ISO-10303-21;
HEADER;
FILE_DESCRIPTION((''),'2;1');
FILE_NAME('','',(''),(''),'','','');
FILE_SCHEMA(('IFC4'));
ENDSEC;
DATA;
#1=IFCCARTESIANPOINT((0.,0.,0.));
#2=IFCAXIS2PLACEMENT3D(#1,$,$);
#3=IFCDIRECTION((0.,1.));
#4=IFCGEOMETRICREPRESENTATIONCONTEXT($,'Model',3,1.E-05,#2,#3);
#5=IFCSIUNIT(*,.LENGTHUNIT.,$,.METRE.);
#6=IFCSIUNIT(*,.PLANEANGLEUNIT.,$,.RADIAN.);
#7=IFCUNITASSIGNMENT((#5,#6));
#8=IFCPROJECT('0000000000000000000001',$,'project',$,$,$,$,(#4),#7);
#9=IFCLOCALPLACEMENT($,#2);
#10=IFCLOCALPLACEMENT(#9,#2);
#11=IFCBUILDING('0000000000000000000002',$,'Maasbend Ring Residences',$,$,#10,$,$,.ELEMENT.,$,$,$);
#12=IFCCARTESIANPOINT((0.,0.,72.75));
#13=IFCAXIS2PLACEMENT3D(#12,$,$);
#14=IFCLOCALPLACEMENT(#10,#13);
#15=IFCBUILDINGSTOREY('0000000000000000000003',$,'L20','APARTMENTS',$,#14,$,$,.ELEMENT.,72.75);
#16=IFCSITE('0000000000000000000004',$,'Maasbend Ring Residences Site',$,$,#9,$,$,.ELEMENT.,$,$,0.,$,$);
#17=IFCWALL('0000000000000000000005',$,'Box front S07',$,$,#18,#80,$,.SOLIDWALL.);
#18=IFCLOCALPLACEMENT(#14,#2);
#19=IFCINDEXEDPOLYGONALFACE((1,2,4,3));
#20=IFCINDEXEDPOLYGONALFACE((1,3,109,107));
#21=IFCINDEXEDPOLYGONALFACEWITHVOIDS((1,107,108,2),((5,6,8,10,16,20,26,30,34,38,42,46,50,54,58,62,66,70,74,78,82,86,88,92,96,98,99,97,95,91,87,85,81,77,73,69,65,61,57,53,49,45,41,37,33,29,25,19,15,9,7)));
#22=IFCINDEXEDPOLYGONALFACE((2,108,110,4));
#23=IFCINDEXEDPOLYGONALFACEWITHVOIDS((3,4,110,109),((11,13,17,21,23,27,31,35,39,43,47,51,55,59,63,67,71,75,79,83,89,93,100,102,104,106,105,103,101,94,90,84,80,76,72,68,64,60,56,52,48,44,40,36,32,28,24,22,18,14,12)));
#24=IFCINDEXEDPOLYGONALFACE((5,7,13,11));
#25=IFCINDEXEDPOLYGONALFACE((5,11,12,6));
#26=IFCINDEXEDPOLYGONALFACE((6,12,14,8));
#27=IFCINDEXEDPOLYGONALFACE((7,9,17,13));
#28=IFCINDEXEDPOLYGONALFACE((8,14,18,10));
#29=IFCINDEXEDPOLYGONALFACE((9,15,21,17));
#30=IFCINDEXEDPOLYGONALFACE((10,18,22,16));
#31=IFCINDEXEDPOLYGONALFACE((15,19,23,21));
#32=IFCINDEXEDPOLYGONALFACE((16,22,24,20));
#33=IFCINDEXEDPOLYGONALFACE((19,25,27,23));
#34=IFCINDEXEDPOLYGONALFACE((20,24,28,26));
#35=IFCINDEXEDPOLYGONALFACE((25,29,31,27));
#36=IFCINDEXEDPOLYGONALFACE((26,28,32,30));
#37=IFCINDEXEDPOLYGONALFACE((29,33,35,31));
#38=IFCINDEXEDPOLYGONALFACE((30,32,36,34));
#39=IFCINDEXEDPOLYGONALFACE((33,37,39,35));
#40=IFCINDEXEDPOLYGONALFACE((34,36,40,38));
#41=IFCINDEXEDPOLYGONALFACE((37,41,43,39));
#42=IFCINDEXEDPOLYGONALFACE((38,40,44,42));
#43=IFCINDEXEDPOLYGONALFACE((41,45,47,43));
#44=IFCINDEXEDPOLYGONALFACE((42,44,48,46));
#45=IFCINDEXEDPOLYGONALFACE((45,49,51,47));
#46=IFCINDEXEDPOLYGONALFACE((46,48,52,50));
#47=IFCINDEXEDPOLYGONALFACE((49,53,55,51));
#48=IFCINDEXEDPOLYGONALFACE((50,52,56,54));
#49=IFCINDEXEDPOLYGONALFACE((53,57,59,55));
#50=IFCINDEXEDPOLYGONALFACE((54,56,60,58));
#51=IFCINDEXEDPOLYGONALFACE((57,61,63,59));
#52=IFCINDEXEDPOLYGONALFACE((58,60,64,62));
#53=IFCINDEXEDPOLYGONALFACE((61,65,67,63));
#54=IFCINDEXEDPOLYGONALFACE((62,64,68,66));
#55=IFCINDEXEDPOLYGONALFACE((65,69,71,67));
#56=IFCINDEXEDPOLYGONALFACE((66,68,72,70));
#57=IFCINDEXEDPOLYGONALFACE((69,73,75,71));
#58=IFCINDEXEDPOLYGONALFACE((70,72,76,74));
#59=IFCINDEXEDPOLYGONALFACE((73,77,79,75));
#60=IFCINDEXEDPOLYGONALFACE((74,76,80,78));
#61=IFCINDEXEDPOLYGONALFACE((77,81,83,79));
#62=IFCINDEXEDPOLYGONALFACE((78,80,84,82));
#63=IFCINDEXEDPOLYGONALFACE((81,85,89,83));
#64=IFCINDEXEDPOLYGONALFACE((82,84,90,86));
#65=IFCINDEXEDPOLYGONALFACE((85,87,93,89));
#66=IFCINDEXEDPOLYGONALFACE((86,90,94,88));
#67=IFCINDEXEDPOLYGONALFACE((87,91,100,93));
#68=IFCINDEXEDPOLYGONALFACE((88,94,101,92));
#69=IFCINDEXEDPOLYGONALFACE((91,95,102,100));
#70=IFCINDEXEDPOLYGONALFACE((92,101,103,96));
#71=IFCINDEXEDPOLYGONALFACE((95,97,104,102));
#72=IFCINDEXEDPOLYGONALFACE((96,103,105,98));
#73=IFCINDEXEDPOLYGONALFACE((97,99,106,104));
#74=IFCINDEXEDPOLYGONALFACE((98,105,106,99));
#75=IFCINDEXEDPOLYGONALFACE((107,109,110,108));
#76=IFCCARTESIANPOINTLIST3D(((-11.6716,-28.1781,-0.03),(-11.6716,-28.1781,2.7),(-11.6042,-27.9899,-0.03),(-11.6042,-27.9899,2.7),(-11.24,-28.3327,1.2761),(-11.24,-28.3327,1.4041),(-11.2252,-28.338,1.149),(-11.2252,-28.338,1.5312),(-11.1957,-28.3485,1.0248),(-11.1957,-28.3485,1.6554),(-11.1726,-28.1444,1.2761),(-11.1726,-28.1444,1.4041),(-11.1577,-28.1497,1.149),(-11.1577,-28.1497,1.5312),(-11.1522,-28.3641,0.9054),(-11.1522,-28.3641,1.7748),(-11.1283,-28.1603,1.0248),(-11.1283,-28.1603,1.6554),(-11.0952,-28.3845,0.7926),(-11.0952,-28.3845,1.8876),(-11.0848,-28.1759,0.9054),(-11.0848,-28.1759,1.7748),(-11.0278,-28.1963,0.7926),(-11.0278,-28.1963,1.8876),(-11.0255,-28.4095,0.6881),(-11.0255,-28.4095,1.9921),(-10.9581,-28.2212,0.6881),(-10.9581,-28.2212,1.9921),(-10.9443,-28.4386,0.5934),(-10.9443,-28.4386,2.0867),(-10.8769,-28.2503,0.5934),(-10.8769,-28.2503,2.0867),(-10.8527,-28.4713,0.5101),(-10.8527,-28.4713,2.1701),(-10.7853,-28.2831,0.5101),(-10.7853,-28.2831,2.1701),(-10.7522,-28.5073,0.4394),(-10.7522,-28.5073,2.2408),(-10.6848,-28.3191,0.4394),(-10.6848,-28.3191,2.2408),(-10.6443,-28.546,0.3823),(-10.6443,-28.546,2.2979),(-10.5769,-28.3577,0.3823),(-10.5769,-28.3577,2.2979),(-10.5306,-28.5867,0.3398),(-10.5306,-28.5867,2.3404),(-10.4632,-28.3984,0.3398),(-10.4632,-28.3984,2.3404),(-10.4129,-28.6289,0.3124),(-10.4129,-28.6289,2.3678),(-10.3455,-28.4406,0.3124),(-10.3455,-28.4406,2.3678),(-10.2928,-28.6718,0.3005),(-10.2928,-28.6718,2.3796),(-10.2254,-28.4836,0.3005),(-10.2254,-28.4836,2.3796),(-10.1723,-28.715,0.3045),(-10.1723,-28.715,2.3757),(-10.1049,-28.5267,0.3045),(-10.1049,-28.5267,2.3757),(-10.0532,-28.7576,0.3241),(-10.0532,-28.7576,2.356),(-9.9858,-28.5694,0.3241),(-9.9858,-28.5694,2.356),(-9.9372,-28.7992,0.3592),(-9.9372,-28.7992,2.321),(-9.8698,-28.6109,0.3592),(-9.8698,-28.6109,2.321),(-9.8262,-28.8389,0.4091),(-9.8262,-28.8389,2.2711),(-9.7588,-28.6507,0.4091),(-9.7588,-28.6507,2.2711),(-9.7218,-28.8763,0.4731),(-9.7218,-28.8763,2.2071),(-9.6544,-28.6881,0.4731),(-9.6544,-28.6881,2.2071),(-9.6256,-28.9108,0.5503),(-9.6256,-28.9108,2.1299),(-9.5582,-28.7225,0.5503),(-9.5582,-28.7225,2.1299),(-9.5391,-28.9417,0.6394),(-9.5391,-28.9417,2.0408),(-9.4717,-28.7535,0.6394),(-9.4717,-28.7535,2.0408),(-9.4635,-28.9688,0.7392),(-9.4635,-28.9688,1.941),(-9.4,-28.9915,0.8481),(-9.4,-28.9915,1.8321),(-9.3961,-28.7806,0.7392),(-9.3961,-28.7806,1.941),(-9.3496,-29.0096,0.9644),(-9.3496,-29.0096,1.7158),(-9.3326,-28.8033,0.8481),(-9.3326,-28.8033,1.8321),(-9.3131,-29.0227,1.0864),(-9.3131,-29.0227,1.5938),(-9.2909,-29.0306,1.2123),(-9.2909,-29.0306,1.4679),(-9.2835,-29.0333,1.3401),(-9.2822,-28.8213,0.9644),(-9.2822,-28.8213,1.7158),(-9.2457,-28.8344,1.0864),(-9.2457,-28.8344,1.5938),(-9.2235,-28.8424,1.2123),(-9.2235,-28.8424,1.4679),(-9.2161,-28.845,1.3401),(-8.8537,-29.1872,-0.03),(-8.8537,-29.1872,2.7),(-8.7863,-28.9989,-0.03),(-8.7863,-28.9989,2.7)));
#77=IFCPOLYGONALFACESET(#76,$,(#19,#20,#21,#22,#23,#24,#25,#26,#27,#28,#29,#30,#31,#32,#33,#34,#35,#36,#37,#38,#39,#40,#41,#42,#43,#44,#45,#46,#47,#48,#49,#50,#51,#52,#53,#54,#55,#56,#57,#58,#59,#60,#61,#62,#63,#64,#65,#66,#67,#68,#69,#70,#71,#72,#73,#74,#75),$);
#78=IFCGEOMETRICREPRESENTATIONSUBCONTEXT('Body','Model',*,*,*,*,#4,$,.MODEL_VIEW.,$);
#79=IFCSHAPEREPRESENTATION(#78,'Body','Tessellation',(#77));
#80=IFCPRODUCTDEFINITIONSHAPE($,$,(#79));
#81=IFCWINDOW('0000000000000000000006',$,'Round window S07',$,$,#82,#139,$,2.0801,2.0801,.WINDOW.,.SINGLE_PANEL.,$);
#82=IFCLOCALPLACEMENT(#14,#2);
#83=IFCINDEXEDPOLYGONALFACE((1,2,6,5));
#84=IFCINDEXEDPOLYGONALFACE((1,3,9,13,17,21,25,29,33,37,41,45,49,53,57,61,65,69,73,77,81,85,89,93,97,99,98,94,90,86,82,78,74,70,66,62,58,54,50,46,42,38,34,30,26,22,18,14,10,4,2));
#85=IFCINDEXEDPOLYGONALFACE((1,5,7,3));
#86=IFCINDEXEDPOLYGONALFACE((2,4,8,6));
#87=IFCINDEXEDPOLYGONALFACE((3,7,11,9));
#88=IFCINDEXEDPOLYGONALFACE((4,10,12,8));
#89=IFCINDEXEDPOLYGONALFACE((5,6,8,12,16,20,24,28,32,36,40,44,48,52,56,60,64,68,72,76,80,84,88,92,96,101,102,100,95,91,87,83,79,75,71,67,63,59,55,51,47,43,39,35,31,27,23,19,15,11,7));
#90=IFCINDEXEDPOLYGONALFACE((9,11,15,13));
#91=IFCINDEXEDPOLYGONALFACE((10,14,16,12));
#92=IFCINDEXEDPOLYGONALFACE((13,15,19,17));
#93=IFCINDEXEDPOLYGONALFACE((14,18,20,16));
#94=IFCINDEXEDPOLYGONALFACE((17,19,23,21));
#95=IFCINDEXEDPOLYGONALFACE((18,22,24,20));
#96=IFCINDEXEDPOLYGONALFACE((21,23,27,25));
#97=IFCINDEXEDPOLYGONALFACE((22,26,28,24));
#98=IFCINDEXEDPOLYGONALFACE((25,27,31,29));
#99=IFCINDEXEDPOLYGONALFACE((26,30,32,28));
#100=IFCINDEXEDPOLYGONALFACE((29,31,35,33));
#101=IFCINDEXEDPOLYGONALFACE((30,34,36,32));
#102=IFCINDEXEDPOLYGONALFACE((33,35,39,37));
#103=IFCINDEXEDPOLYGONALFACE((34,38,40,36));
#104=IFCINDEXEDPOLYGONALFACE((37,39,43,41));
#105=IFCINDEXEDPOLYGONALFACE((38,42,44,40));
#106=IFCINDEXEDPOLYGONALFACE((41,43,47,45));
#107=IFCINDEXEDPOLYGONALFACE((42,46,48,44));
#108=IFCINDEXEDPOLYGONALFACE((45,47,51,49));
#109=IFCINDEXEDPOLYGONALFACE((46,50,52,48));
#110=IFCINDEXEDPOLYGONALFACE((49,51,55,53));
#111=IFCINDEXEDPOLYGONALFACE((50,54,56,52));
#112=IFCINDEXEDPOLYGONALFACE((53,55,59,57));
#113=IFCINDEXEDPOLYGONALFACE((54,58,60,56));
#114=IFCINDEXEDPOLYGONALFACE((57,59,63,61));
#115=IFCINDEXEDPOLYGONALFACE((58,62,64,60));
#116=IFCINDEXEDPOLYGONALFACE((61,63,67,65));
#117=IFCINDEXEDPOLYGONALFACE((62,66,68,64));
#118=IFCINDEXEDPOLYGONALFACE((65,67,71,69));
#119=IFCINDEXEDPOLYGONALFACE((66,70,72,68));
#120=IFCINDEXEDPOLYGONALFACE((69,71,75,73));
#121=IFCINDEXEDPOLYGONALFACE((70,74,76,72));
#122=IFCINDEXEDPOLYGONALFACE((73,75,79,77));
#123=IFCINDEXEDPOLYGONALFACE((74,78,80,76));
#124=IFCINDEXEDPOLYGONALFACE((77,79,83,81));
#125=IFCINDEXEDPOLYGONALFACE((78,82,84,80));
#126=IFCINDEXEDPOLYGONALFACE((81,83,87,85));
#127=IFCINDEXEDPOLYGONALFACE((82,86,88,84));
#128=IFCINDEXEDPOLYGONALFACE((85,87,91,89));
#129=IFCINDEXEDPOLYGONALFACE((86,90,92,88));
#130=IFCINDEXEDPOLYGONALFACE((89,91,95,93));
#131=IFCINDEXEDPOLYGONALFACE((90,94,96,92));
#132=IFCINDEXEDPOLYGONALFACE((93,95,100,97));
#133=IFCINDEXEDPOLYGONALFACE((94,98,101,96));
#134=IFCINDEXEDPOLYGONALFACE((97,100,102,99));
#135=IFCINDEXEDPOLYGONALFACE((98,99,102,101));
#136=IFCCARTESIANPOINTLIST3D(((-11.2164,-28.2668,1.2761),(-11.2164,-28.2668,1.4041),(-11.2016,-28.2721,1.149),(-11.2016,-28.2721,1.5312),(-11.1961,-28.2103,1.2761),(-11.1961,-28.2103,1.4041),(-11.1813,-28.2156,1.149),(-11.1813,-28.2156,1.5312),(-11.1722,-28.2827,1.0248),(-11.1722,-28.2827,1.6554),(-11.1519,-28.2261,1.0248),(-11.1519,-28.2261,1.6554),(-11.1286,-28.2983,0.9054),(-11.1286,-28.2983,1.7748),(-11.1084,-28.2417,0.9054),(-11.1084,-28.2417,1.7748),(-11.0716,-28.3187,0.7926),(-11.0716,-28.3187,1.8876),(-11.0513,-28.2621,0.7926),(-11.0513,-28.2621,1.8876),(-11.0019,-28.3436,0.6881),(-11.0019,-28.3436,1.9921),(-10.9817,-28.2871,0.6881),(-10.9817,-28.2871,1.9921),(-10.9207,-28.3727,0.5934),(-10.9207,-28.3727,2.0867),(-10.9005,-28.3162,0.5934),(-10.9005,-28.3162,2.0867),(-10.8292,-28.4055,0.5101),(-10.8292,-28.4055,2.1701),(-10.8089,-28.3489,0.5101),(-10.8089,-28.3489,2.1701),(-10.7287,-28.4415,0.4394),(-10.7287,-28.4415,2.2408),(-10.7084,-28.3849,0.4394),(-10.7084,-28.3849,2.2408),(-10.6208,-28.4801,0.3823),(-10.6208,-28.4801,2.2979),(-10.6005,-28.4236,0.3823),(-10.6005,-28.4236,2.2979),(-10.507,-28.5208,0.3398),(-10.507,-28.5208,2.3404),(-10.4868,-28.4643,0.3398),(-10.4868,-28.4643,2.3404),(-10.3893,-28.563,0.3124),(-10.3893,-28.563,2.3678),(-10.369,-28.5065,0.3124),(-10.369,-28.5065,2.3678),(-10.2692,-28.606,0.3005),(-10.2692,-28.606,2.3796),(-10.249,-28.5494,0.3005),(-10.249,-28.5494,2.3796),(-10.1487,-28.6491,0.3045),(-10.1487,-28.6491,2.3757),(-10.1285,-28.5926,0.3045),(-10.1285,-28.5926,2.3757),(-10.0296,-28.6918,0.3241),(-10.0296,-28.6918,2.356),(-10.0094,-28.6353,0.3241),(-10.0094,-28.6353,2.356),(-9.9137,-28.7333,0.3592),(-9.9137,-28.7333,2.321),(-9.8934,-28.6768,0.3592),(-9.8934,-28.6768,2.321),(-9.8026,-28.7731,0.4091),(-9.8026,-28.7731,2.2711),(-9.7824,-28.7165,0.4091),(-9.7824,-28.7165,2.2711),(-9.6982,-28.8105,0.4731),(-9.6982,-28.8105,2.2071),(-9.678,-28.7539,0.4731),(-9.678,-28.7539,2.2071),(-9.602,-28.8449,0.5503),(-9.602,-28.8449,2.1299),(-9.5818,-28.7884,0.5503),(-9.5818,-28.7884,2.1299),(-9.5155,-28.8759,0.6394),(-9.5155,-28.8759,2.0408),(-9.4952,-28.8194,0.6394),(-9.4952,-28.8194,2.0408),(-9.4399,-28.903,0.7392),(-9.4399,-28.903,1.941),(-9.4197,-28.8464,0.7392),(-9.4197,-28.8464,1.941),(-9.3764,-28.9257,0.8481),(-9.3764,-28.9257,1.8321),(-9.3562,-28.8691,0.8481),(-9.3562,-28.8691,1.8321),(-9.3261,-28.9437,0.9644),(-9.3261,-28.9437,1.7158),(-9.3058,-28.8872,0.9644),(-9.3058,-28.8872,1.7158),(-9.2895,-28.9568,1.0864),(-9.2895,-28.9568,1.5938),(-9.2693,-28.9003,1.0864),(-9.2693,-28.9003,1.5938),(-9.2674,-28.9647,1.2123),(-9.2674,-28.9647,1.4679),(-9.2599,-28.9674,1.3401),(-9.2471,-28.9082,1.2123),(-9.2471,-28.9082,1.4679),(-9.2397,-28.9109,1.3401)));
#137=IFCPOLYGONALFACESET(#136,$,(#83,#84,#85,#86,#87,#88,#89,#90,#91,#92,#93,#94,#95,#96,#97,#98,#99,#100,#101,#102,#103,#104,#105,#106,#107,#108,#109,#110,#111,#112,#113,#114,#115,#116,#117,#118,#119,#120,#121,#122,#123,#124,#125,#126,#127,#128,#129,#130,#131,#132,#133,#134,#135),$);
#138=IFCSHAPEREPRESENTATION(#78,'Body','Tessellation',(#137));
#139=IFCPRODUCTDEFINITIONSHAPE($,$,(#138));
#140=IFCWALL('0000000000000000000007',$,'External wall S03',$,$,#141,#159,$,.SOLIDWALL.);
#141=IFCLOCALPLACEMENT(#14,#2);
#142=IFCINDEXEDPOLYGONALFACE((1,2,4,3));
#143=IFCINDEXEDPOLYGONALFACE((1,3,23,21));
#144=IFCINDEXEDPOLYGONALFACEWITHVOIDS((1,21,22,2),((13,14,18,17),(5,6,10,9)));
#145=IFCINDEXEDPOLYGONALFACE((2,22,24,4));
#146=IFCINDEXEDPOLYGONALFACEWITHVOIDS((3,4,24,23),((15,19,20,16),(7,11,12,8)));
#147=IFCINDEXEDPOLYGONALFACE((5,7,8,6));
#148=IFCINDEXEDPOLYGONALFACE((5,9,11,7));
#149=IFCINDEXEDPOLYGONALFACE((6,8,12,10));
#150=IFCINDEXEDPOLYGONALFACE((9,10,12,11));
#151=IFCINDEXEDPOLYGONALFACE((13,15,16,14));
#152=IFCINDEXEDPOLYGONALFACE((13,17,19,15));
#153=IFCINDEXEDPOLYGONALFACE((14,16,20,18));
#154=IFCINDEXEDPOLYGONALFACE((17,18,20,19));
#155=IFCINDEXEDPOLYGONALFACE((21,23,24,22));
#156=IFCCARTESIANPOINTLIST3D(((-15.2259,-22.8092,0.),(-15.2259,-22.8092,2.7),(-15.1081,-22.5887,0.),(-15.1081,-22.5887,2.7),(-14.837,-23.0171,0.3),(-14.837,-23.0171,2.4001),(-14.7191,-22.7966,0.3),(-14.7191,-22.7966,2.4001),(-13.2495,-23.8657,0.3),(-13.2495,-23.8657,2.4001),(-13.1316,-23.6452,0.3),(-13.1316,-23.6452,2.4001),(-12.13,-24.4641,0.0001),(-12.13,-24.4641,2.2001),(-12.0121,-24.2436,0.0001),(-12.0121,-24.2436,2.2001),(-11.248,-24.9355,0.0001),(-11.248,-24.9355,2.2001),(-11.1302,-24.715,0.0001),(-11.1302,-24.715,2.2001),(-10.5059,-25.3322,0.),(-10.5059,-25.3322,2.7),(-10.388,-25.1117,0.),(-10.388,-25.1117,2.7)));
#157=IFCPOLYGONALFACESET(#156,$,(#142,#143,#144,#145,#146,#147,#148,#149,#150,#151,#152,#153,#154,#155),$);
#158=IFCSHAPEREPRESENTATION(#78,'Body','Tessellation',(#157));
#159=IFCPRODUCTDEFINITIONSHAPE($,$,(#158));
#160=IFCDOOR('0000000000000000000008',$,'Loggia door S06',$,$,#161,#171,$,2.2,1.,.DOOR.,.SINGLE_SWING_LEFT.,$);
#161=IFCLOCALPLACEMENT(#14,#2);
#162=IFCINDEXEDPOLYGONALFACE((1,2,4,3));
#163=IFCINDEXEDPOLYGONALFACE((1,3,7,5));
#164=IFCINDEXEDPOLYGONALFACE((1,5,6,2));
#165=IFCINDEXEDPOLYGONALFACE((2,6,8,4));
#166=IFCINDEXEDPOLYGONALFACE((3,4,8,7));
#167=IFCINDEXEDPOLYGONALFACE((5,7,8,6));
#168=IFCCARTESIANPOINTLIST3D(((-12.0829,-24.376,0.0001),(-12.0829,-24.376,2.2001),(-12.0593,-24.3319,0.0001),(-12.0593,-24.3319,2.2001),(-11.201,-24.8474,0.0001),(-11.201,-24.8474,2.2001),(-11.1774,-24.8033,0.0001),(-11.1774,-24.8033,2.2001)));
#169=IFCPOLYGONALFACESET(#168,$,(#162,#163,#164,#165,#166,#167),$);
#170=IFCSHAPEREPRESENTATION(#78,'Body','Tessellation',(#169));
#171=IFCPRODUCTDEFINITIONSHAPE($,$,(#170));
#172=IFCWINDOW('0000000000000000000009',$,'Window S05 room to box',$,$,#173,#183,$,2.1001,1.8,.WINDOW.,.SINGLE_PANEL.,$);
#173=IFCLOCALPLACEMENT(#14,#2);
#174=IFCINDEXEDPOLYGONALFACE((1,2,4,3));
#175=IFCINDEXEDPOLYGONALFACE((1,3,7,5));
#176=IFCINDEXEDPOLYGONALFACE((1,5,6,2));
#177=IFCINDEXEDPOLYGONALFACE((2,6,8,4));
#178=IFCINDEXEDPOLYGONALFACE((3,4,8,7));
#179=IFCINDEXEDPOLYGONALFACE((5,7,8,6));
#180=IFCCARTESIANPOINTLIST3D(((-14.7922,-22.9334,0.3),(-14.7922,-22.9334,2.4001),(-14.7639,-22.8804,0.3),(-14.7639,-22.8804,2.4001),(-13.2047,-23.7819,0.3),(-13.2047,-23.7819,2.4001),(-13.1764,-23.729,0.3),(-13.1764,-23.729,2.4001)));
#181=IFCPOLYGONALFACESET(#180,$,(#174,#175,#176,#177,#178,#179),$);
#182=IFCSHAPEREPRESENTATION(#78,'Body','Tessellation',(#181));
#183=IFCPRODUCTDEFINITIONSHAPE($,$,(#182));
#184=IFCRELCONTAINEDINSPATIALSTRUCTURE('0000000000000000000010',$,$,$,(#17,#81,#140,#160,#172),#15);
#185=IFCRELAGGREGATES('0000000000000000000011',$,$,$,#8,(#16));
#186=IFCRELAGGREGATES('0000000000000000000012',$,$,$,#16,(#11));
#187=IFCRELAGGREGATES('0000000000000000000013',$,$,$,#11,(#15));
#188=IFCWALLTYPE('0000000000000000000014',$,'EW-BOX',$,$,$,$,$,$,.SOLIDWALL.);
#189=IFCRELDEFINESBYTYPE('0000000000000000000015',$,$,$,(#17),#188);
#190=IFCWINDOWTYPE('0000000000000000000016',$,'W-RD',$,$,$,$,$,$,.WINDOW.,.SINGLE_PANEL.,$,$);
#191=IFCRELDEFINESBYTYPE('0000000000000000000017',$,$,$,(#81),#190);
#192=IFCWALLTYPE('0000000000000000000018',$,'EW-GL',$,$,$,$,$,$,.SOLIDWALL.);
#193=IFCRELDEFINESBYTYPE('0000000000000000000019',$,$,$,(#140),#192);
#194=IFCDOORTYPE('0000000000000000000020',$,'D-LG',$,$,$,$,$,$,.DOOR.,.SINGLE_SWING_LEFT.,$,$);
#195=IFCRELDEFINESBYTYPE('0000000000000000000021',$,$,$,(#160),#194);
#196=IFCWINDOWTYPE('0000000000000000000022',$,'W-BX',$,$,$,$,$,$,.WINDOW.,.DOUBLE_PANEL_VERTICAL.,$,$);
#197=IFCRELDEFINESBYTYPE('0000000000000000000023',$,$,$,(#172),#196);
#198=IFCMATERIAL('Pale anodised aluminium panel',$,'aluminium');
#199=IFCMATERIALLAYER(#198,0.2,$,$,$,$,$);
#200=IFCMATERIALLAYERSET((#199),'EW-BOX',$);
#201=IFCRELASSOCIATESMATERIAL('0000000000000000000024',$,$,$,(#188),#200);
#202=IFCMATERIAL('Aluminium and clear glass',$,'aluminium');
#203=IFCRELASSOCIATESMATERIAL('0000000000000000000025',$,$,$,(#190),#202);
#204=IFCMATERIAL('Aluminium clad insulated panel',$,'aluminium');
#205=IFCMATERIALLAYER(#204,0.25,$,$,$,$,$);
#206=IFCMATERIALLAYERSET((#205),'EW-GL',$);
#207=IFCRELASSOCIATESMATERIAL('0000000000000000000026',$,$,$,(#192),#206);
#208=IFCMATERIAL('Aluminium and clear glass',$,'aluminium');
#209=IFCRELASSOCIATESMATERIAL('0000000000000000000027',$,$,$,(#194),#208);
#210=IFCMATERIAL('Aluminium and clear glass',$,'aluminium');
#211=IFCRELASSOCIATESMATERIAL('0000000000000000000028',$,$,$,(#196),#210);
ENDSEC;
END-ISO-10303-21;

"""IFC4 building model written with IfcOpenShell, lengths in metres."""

from ifc_helpers import new_model, si_unit, direction, frame, frame_2d, origin, place, context, subcontext, project, spatial, rectangle, circle, extrude, material, layer, layer_set, type_object, element, fill, save


model = new_model("IFC4")

# Units and contexts
model_context = context("Model", 3, precision=1e-05, world=origin(), true_north=direction((0.0, 1.0)))
body_context = subcontext(model_context, "Body", "Model", "MODEL_VIEW")
ifc_project = project(units=[si_unit("LENGTHUNIT", "METRE"), si_unit("PLANEANGLEUNIT", "RADIAN")], contexts=[model_context])

# Site, building, storey
site_placement = place(None, origin())
site = spatial("IfcSite", under=ifc_project, at=site_placement, Name="Maasbend Ring Residences Site", CompositionType="ELEMENT", RefElevation=0.0)
building_placement = place(site_placement, origin())
building = spatial("IfcBuilding", under=site, at=building_placement, Name="Maasbend Ring Residences", CompositionType="ELEMENT")
storey_placement = place(building_placement, frame((0.0, 0.0, 72.75)))
storey = spatial("IfcBuildingStorey", under=building, at=storey_placement, Name="L20", Description="APARTMENTS", CompositionType="ELEMENT", Elevation=72.75)

# Shared definitions
ifc_material_1 = material(Name="Pale anodised aluminium panel", Category="aluminium")
ifc_layer_1 = layer(ifc_material_1, 0.2)
ifc_layer_set_1 = layer_set([ifc_layer_1], Name="EW-BOX")
wall_type_1 = type_object("IfcWallType", Name="EW-BOX", PredefinedType="SOLIDWALL", material=ifc_layer_set_1)
ifc_material_2 = material(Name="Aluminium and clear glass", Category="aluminium")
window_type_1 = type_object("IfcWindowType", Name="W-RD", PartitioningType="SINGLE_PANEL", PredefinedType="WINDOW", material=ifc_material_2)

# Wall, opening, window
wall_1_placement = place(storey_placement, frame((-11.6379, -28.084, -0.03), z_axis=(0.0, 0.0, 1.0), x_axis=(0.941461, -0.337122, 0.0)))
wall_1 = element("IfcWall", 1, at=wall_1_placement, inside=storey, type_object=wall_type_1, Name="Box front S07", PredefinedType="SOLIDWALL", context=body_context, shape_type="SweptSolid", body=[
    extrude(rectangle(XDim=2.9932, YDim=0.2, at=frame_2d((1.4966, 0.0))), origin(), (0.0, 0.0, 1.0), 2.73),
])
opening_1_placement = place(wall_1_placement, frame((0.4565, 0.0, 0.3301)))
opening_1 = element("IfcOpeningElement", 2, at=opening_1_placement, cuts=wall_1, PredefinedType="OPENING", context=body_context, shape_type="SweptSolid", body=[
    extrude(circle(Radius=1.04, at=frame_2d((1.04, 1.04))), frame((0.0, 0.1099, 0.0), z_axis=(0.0, -1.0, 0.0), x_axis=(1.0, 0.0, 0.0)), (0.0, 0.0, 1.0), 0.22),
])
window_1_placement = place(opening_1_placement, origin())
window_1 = element("IfcWindow", 3, at=window_1_placement, inside=storey, type_object=window_type_1, Name="Round window S07", OverallHeight=2.0801, OverallWidth=2.0801, PartitioningType="SINGLE_PANEL", PredefinedType="WINDOW", context=body_context, shape_type="SweptSolid", body=[
    extrude(circle(Radius=1.04, at=frame_2d((1.04, 1.04))), frame((0.0, 0.03, 0.0), z_axis=(0.0, -1.0, 0.0), x_axis=(1.0, 0.0, 0.0)), (0.0, 0.0, 1.0), 0.0601),
])
fill(opening_1, window_1)

# Wall, openings, door, window
ifc_material_3 = material(Name="Aluminium clad insulated panel", Category="aluminium")
ifc_layer_2 = layer(ifc_material_3, 0.25)
ifc_layer_set_2 = layer_set([ifc_layer_2], Name="EW-GL")
wall_type_2 = type_object("IfcWallType", Name="EW-GL", PredefinedType="SOLIDWALL", material=ifc_layer_set_2)
wall_2_placement = place(storey_placement, frame((-15.167, -22.699, 0.0), z_axis=(0.0, 0.0, 1.0), x_axis=(0.881916, -0.471407, 0.0)))
wall_2 = element("IfcWall", 4, at=wall_2_placement, inside=storey, type_object=wall_type_2, Name="External wall S03", PredefinedType="SOLIDWALL", context=body_context, shape_type="SweptSolid", body=[
    extrude(rectangle(XDim=5.3521, YDim=0.25, at=frame_2d((2.676, 0.0))), origin(), (0.0, 0.0, 1.0), 2.7),
])
opening_2_placement = place(wall_2_placement, frame((0.4412, 0.0, 0.3)))
opening_2 = element("IfcOpeningElement", 5, at=opening_2_placement, cuts=wall_2, PredefinedType="OPENING", context=body_context, shape_type="SweptSolid", body=[
    extrude(rectangle(XDim=1.8, YDim=2.1001, at=frame_2d((0.8999, 1.05))), frame((0.0, 0.135, 0.0), z_axis=(0.0, -1.0, 0.0), x_axis=(1.0, 0.0, 0.0)), (0.0, 0.0, 1.0), 0.27),
])
opening_3_placement = place(wall_2_placement, frame((3.5105, 0.0, 0.0)))
opening_3 = element("IfcOpeningElement", 6, at=opening_3_placement, cuts=wall_2, PredefinedType="OPENING", context=body_context, shape_type="SweptSolid", body=[
    extrude(rectangle(XDim=1.0, YDim=2.2, at=frame_2d((0.5, 1.1001))), frame((0.0, 0.135, 0.0), z_axis=(0.0, -1.0, 0.0), x_axis=(1.0, 0.0, 0.0)), (0.0, 0.0, 1.0), 0.27),
])
ifc_material_4 = material(Name="Aluminium and clear glass", Category="aluminium")
door_type_1 = type_object("IfcDoorType", Name="D-LG", OperationType="SINGLE_SWING_LEFT", PredefinedType="DOOR", material=ifc_material_4)
door_1_placement = place(opening_3_placement, origin())
door_1 = element("IfcDoor", 7, at=door_1_placement, inside=storey, type_object=door_type_1, Name="Loggia door S06", OperationType="SINGLE_SWING_LEFT", OverallHeight=2.2, OverallWidth=1.0, PredefinedType="DOOR", context=body_context, shape_type="SweptSolid", body=[
    extrude(rectangle(XDim=1.0, YDim=2.2, at=frame_2d((0.5, 1.1001))), frame((0.0, 0.0249, 0.0), z_axis=(0.0, -1.0, 0.0), x_axis=(1.0, 0.0, 0.0)), (0.0, 0.0, 1.0), 0.05),
])
fill(opening_3, door_1)
ifc_material_5 = material(Name="Aluminium and clear glass", Category="aluminium")
window_type_2 = type_object("IfcWindowType", Name="W-BX", PartitioningType="DOUBLE_PANEL_VERTICAL", PredefinedType="WINDOW", material=ifc_material_5)
window_2_placement = place(opening_2_placement, origin())
window_2 = element("IfcWindow", 8, at=window_2_placement, inside=storey, type_object=window_type_2, Name="Window S05 room to box", OverallHeight=2.1001, OverallWidth=1.8, PartitioningType="SINGLE_PANEL", PredefinedType="WINDOW", context=body_context, shape_type="SweptSolid", body=[
    extrude(rectangle(XDim=1.8, YDim=2.1001, at=frame_2d((0.8999, 1.05))), frame((0.0, 0.03, 0.0), z_axis=(0.0, -1.0, 0.0), x_axis=(1.0, 0.0, 0.0)), (0.0, 0.0, 1.0), 0.0601),
])
fill(opening_2, window_2)

save(model, "model.ifc")
